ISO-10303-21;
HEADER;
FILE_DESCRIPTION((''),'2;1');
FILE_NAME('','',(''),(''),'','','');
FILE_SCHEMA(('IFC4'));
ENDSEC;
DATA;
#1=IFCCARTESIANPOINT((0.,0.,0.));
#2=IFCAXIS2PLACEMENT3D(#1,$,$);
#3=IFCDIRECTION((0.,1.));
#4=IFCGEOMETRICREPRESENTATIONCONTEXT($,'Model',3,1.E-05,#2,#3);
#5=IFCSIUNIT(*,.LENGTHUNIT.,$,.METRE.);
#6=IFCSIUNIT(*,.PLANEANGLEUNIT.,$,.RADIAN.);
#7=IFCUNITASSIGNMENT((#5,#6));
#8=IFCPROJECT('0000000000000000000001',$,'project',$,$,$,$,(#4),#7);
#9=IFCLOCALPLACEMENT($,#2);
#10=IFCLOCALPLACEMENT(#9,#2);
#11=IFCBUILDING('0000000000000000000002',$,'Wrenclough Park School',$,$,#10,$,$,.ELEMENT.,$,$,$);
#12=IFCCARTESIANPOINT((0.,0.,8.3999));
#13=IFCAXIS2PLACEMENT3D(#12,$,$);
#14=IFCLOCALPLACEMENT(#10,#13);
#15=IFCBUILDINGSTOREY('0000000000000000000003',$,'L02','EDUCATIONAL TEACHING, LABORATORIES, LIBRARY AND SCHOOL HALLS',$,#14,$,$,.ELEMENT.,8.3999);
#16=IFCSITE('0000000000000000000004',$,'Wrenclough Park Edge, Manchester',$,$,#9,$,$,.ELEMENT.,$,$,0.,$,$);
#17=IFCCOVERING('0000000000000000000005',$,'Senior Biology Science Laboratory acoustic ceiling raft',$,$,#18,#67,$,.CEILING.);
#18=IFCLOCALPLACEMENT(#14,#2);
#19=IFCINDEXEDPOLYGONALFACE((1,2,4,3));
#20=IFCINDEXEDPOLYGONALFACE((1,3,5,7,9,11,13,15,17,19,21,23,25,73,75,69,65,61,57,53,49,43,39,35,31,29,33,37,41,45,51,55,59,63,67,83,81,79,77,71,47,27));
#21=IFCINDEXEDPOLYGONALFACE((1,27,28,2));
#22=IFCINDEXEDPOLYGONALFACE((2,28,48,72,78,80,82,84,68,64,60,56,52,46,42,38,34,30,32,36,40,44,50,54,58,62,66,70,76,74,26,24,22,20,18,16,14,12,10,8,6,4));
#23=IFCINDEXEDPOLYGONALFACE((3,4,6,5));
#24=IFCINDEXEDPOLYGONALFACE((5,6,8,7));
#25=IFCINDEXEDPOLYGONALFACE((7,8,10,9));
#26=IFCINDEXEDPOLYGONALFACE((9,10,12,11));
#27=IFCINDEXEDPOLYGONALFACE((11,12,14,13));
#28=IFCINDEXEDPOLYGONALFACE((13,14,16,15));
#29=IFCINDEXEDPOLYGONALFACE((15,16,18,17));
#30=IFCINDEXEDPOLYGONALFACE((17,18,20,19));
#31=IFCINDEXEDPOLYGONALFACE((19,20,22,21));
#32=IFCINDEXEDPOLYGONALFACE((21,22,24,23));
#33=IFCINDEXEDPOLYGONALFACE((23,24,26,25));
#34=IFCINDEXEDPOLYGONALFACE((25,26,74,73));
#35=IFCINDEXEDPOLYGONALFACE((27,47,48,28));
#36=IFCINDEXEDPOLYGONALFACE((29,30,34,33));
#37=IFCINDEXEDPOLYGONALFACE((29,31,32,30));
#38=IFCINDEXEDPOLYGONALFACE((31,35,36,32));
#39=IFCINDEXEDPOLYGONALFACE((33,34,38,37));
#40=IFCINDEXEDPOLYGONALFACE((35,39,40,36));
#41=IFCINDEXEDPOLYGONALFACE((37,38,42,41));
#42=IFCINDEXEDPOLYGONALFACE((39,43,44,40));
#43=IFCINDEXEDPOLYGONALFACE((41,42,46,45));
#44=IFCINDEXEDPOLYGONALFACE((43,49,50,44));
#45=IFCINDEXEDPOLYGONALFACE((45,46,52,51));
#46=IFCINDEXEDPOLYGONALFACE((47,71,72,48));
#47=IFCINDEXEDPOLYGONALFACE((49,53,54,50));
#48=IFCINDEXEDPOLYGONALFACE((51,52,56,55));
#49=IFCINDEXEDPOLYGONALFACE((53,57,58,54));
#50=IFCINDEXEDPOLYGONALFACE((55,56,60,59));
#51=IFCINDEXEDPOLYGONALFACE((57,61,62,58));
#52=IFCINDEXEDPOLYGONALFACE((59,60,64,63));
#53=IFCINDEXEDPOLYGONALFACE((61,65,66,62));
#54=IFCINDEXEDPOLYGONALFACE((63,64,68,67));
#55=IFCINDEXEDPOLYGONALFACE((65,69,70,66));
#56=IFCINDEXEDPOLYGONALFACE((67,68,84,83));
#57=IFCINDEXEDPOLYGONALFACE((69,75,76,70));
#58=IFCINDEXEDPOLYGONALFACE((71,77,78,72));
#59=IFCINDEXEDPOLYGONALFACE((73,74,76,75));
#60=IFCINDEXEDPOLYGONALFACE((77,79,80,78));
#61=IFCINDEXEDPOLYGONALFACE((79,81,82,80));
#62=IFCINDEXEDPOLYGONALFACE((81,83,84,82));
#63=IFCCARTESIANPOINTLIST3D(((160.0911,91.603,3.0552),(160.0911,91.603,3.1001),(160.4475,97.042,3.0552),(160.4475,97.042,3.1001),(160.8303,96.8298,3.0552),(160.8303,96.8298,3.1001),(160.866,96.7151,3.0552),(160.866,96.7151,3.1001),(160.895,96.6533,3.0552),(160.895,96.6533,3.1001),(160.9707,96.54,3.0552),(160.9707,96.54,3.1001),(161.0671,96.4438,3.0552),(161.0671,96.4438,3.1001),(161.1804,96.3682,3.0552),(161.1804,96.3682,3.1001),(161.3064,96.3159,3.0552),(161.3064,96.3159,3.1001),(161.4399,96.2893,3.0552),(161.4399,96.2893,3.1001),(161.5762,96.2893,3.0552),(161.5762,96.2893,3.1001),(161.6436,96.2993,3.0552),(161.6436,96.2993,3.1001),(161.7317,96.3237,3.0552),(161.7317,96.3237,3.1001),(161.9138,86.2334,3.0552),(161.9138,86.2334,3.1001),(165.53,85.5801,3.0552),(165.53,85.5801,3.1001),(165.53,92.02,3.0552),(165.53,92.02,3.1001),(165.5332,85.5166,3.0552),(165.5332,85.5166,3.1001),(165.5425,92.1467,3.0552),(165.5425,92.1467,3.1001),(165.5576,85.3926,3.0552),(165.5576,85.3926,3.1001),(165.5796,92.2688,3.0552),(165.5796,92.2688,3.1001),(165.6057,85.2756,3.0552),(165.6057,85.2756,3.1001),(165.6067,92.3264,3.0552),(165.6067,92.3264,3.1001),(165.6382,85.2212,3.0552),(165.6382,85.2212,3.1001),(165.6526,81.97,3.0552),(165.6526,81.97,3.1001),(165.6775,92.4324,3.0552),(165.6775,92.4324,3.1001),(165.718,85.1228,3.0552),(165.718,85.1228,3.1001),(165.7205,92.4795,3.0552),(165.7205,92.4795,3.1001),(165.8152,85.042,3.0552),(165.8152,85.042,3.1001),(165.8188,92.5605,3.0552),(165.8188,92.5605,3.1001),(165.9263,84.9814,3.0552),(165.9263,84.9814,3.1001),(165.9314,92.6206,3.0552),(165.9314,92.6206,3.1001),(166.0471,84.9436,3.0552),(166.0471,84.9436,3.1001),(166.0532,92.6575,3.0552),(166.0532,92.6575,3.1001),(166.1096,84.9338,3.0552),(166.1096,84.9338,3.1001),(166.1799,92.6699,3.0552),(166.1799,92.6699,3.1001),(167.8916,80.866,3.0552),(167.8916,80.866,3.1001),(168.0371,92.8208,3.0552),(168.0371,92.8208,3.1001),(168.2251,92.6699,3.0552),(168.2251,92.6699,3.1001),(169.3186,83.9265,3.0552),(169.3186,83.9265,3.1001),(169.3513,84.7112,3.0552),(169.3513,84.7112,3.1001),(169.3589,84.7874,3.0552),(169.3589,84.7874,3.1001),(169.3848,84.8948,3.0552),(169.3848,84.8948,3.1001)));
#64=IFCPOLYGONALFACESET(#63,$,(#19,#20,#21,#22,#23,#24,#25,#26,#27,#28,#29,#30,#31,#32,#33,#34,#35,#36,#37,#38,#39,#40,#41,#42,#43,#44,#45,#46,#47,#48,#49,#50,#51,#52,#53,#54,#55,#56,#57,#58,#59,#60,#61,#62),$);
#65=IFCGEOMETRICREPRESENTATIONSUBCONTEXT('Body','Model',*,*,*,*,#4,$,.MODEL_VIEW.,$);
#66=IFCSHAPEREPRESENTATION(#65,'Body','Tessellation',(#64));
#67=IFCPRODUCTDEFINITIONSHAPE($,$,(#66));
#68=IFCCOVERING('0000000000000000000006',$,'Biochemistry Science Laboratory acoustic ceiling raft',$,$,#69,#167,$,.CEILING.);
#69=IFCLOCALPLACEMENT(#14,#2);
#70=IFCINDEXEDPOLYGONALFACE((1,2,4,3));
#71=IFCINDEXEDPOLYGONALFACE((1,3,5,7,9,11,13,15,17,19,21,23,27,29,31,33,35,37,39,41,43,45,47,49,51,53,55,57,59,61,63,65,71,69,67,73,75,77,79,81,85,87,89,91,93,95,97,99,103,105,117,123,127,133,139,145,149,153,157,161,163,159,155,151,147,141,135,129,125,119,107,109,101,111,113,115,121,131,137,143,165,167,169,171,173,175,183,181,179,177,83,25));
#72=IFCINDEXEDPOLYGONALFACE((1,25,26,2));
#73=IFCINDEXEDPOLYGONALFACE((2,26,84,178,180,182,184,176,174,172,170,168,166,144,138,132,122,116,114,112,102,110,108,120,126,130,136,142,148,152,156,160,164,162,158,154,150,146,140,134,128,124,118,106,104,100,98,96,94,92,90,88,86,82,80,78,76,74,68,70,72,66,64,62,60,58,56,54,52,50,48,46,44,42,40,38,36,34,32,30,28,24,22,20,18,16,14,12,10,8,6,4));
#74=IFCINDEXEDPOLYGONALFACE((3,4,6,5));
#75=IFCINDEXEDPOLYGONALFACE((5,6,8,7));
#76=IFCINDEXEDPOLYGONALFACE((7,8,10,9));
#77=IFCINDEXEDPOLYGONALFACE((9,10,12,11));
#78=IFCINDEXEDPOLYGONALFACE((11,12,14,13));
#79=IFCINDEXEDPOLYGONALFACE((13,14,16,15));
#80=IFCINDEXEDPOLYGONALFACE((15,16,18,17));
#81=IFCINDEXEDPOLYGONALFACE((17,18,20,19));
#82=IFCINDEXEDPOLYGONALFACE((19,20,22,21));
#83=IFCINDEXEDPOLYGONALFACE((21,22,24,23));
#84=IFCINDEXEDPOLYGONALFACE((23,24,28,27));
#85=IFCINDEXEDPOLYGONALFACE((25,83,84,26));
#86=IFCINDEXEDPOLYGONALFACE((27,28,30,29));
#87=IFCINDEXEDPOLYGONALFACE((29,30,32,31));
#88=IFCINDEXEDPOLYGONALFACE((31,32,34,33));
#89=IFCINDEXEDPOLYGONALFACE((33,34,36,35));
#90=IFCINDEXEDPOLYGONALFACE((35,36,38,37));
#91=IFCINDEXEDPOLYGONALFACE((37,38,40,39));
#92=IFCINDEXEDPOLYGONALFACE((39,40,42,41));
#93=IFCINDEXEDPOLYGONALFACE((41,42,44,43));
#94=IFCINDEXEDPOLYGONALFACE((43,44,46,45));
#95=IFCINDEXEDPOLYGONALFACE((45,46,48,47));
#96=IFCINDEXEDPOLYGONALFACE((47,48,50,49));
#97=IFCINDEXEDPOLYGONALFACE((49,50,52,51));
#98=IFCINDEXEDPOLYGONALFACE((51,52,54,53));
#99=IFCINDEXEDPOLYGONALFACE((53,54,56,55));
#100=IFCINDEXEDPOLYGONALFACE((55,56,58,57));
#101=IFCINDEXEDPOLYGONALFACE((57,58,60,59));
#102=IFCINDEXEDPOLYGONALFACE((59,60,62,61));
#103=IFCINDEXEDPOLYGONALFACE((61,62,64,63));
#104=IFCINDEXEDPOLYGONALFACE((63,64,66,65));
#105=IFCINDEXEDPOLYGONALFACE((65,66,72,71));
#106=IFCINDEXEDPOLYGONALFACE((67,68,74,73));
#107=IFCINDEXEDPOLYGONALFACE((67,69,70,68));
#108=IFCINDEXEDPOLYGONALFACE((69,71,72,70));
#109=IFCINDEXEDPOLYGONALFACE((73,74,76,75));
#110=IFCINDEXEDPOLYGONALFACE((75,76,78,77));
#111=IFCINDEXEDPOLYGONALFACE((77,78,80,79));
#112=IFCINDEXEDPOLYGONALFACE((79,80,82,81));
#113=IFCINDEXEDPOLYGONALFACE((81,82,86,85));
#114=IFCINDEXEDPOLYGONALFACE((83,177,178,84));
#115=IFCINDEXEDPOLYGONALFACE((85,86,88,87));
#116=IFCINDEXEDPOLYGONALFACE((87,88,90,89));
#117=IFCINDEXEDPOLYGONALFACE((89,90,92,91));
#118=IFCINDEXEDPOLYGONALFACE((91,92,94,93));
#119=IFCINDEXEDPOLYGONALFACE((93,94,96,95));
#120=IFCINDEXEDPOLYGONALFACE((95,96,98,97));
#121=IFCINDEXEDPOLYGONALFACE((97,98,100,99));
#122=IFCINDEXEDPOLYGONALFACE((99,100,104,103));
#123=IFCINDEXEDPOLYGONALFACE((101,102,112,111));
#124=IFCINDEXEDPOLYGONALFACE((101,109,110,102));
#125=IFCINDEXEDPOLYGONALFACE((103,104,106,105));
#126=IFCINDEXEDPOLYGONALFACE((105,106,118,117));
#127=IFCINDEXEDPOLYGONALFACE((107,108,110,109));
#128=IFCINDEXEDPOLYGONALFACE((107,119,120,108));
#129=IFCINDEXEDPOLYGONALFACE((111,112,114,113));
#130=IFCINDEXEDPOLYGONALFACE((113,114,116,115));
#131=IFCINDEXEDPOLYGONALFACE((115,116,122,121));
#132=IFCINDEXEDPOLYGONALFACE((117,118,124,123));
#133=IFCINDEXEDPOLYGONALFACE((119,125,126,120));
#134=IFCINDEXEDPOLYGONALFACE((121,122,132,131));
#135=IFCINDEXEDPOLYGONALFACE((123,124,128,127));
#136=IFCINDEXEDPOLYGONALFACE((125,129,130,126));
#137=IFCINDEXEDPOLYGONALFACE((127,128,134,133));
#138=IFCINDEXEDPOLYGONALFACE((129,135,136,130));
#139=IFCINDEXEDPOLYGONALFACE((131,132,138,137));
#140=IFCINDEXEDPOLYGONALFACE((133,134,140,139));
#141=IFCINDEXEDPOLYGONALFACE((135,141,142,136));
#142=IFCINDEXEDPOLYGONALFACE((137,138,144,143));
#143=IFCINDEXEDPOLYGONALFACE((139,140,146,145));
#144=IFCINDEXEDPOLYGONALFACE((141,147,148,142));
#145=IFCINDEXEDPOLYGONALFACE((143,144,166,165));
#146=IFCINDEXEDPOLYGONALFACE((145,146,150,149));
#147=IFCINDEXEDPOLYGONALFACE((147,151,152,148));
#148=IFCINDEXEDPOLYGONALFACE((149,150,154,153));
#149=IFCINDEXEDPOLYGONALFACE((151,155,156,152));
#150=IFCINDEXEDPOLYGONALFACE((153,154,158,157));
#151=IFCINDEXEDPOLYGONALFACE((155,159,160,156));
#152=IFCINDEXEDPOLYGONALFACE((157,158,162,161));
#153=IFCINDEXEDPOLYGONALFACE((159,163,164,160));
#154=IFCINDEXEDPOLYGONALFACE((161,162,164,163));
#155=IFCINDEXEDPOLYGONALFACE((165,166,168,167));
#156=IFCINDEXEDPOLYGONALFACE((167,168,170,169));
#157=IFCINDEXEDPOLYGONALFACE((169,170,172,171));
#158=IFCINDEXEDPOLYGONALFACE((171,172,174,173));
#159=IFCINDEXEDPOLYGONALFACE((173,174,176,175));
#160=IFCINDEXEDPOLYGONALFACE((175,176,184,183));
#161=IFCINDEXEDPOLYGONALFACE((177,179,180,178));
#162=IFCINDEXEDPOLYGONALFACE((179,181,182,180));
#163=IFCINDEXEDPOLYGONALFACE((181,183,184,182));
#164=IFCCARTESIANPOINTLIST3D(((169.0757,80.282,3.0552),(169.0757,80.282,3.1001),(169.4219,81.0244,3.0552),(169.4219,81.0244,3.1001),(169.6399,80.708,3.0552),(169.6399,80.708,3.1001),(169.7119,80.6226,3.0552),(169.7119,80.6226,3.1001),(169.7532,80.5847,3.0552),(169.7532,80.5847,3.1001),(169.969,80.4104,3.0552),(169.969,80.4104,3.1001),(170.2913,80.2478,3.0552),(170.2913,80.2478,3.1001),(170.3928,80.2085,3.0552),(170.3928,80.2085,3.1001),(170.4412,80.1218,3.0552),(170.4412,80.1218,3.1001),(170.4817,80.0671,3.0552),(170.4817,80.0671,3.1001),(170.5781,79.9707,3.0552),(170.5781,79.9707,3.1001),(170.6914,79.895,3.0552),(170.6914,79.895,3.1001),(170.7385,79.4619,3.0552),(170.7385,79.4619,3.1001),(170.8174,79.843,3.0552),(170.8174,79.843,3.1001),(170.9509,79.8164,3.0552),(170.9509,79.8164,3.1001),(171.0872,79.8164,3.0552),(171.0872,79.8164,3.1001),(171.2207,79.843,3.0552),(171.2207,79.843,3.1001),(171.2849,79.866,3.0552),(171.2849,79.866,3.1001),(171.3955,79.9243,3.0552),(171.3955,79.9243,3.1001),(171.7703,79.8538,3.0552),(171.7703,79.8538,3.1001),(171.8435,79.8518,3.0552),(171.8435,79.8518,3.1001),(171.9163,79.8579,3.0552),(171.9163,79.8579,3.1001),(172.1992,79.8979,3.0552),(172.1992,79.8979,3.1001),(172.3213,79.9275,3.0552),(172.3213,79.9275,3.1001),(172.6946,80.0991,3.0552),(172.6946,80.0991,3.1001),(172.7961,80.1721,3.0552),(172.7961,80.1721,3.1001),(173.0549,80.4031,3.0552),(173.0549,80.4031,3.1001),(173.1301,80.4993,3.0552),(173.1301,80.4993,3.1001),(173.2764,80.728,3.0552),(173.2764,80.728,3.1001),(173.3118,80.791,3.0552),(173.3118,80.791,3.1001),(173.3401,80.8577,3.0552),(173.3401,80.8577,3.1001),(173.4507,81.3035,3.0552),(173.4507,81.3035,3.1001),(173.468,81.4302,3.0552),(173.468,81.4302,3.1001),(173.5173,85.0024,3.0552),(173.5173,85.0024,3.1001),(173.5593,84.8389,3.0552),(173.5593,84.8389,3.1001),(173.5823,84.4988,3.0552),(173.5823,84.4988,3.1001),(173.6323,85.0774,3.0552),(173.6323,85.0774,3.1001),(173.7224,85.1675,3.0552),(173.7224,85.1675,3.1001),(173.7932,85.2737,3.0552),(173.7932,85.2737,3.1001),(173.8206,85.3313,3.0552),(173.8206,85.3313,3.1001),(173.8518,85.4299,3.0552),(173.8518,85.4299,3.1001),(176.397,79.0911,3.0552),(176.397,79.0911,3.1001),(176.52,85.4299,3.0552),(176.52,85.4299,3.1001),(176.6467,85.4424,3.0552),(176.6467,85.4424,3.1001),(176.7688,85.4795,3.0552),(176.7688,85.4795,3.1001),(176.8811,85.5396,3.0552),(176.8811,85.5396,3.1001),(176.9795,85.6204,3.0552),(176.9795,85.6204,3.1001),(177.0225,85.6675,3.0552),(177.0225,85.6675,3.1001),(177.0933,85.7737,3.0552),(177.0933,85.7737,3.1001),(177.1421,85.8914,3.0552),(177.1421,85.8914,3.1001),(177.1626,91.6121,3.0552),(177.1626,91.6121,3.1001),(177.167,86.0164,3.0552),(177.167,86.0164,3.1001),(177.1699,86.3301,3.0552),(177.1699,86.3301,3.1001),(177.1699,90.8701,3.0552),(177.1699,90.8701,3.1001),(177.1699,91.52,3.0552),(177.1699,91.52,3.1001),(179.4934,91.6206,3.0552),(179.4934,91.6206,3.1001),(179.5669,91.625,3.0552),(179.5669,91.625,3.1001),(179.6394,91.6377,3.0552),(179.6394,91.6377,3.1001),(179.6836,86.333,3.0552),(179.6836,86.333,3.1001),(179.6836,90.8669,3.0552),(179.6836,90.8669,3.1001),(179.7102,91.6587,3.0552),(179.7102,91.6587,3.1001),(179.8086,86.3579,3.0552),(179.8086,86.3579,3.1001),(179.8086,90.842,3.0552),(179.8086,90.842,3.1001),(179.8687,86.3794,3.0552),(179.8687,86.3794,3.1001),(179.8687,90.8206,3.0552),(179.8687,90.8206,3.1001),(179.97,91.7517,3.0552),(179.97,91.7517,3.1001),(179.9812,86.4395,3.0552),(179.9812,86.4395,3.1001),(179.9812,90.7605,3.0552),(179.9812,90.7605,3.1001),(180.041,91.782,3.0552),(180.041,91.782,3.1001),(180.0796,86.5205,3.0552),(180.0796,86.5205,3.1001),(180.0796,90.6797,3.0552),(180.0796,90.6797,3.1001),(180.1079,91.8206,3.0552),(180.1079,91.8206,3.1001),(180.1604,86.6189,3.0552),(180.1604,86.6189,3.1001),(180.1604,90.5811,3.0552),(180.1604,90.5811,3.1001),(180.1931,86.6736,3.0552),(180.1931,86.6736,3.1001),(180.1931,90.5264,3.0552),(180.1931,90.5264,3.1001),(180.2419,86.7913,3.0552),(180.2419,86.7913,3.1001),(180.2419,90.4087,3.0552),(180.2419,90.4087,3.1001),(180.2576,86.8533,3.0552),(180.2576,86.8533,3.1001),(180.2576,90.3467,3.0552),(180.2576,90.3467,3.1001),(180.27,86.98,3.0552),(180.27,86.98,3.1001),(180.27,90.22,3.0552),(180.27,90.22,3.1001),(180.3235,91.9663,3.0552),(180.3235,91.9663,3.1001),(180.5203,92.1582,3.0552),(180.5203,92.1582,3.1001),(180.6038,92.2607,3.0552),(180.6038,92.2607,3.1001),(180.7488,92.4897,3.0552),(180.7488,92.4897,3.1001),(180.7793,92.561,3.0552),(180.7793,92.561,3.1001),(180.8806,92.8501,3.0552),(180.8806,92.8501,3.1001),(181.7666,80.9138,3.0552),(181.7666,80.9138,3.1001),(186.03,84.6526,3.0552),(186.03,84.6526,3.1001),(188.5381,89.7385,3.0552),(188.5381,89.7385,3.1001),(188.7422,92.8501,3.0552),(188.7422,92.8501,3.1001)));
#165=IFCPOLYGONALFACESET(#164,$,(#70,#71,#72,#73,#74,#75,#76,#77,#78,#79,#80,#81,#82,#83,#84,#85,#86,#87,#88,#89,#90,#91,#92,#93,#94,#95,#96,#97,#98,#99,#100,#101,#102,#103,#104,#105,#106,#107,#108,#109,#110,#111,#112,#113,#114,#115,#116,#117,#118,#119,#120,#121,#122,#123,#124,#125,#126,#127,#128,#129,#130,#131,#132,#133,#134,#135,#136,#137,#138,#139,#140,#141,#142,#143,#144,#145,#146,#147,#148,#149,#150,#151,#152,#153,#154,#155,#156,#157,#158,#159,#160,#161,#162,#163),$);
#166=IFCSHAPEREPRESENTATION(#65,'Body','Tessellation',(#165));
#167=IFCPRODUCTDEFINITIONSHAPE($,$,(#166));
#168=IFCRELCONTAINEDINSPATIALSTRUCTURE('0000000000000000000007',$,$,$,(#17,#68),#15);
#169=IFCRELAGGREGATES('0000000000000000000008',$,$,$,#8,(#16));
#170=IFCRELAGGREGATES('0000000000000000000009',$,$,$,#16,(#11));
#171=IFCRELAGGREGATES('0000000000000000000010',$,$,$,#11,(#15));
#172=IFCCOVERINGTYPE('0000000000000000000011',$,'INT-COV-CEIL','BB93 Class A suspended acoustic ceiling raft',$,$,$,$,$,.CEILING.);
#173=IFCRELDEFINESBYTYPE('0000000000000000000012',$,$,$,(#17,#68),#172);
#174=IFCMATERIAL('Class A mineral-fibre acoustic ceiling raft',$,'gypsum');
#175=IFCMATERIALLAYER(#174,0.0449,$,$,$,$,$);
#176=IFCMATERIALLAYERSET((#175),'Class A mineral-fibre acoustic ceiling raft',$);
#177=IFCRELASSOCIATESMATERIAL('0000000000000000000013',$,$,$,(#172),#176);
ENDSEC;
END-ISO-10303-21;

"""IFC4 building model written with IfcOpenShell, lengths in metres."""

from ifc_helpers import new_model, si_unit, direction, frame, origin, place, context, subcontext, project, spatial, polyline, outline, extrude, material, layer, layer_set, type_object, element, save


model = new_model("IFC4")

# Units and contexts
model_context = context("Model", 3, precision=1e-05, world=origin(), true_north=direction((0.0, 1.0)))
body_context = subcontext(model_context, "Body", "Model", "MODEL_VIEW")
ifc_project = project(units=[si_unit("LENGTHUNIT", "METRE"), si_unit("PLANEANGLEUNIT", "RADIAN")], contexts=[model_context])

# Site, building, storey
site_placement = place(None, origin())
site = spatial("IfcSite", under=ifc_project, at=site_placement, Name="Wrenclough Park Edge, Manchester", CompositionType="ELEMENT", RefElevation=0.0)
building_placement = place(site_placement, origin())
building = spatial("IfcBuilding", under=site, at=building_placement, Name="Wrenclough Park School", CompositionType="ELEMENT")
storey_placement = place(building_placement, frame((0.0, 0.0, 8.3999)))
storey = spatial("IfcBuildingStorey", under=building, at=storey_placement, Name="L02", Description="EDUCATIONAL TEACHING, LABORATORIES, LIBRARY AND SCHOOL HALLS", CompositionType="ELEMENT", Elevation=8.3999)

# Coverings
ifc_material_1 = material(Name="Class A mineral-fibre acoustic ceiling raft", Category="gypsum")
ifc_layer_1 = layer(ifc_material_1, 0.0449)
ifc_layer_set_1 = layer_set([ifc_layer_1], Name="Class A mineral-fibre acoustic ceiling raft")
covering_type_1 = type_object("IfcCoveringType", Name="INT-COV-CEIL", Description="BB93 Class A suspended acoustic ceiling raft", PredefinedType="CEILING", material=ifc_layer_set_1)
covering_1_placement = place(storey_placement, frame((0.0, 0.0, 3.0552)))
element("IfcCovering", 1, at=covering_1_placement, inside=storey, type_object=covering_type_1, Name="Senior Biology Science Laboratory acoustic ceiling raft", PredefinedType="CEILING", context=body_context, shape_type="SweptSolid", body=[
    extrude(outline(polyline([(160.8303, 96.8298), (160.4475, 97.042), (160.0911, 91.603), (161.9138, 86.2334), (165.6526, 81.97), (167.8916, 80.866), (169.3186, 83.9265), (169.3513, 84.7112), (169.3589, 84.7874), (169.3848, 84.8948), (166.1096, 84.9338), (166.0471, 84.9436), (165.9263, 84.9814), (165.8152, 85.042), (165.718, 85.1228), (165.6382, 85.2212), (165.6057, 85.2756), (165.5576, 85.3926), (165.5332, 85.5166), (165.53, 85.5801), (165.53, 92.02), (165.5425, 92.1467), (165.5796, 92.2688), (165.6067, 92.3264), (165.6775, 92.4324), (165.7205, 92.4795), (165.8188, 92.5605), (165.9314, 92.6206), (166.0532, 92.6575), (166.1799, 92.6699), (168.2251, 92.6699), (168.0371, 92.8208), (161.7317, 96.3237), (161.6436, 96.2993), (161.5762, 96.2893), (161.4399, 96.2893), (161.3064, 96.3159), (161.1804, 96.3682), (161.0671, 96.4438), (160.9707, 96.54), (160.895, 96.6533), (160.866, 96.7151), (160.8303, 96.8298)])), origin(), (0.0, 0.0, 1.0), 0.0449),
])
covering_2_placement = place(storey_placement, frame((0.0, 0.0, 3.0552)))
element("IfcCovering", 2, at=covering_2_placement, inside=storey, type_object=covering_type_1, Name="Biochemistry Science Laboratory acoustic ceiling raft", PredefinedType="CEILING", context=body_context, shape_type="SweptSolid", body=[
    extrude(outline(polyline([(169.4219, 81.0244), (169.0757, 80.282), (170.7385, 79.4619), (176.397, 79.0911), (181.7666, 80.9138), (186.03, 84.6526), (188.5381, 89.7385), (188.7422, 92.8501), (180.8806, 92.8501), (180.7793, 92.561), (180.7488, 92.4897), (180.6038, 92.2607), (180.5203, 92.1582), (180.3235, 91.9663), (180.1079, 91.8206), (180.041, 91.782), (179.97, 91.7517), (179.7102, 91.6587), (179.6394, 91.6377), (179.5669, 91.625), (179.4934, 91.6206), (177.1626, 91.6121), (177.1699, 91.52), (177.1699, 90.8701), (179.6836, 90.8669), (179.8086, 90.842), (179.8687, 90.8206), (179.9812, 90.7605), (180.0796, 90.6797), (180.1604, 90.5811), (180.1931, 90.5264), (180.2419, 90.4087), (180.2576, 90.3467), (180.27, 90.22), (180.27, 86.98), (180.2576, 86.8533), (180.2419, 86.7913), (180.1931, 86.6736), (180.1604, 86.6189), (180.0796, 86.5205), (179.9812, 86.4395), (179.8687, 86.3794), (179.8086, 86.3579), (179.6836, 86.333), (177.1699, 86.3301), (177.167, 86.0164), (177.1421, 85.8914), (177.0933, 85.7737), (177.0225, 85.6675), (176.9795, 85.6204), (176.8811, 85.5396), (176.7688, 85.4795), (176.6467, 85.4424), (176.52, 85.4299), (173.8518, 85.4299), (173.8206, 85.3313), (173.7932, 85.2737), (173.7224, 85.1675), (173.6323, 85.0774), (173.5173, 85.0024), (173.5593, 84.8389), (173.5823, 84.4988), (173.468, 81.4302), (173.4507, 81.3035), (173.3401, 80.8577), (173.3118, 80.791), (173.2764, 80.728), (173.1301, 80.4993), (173.0549, 80.4031), (172.7961, 80.1721), (172.6946, 80.0991), (172.3213, 79.9275), (172.1992, 79.8979), (171.9163, 79.8579), (171.8435, 79.8518), (171.7703, 79.8538), (171.3955, 79.9243), (171.2849, 79.866), (171.2207, 79.843), (171.0872, 79.8164), (170.9509, 79.8164), (170.8174, 79.843), (170.6914, 79.895), (170.5781, 79.9707), (170.4817, 80.0671), (170.4412, 80.1218), (170.3928, 80.2085), (170.2913, 80.2478), (169.969, 80.4104), (169.7532, 80.5847), (169.7119, 80.6226), (169.6399, 80.708), (169.4219, 81.0244)])), origin(), (0.0, 0.0, 1.0), 0.0449),
])

save(model, "model.ifc")
